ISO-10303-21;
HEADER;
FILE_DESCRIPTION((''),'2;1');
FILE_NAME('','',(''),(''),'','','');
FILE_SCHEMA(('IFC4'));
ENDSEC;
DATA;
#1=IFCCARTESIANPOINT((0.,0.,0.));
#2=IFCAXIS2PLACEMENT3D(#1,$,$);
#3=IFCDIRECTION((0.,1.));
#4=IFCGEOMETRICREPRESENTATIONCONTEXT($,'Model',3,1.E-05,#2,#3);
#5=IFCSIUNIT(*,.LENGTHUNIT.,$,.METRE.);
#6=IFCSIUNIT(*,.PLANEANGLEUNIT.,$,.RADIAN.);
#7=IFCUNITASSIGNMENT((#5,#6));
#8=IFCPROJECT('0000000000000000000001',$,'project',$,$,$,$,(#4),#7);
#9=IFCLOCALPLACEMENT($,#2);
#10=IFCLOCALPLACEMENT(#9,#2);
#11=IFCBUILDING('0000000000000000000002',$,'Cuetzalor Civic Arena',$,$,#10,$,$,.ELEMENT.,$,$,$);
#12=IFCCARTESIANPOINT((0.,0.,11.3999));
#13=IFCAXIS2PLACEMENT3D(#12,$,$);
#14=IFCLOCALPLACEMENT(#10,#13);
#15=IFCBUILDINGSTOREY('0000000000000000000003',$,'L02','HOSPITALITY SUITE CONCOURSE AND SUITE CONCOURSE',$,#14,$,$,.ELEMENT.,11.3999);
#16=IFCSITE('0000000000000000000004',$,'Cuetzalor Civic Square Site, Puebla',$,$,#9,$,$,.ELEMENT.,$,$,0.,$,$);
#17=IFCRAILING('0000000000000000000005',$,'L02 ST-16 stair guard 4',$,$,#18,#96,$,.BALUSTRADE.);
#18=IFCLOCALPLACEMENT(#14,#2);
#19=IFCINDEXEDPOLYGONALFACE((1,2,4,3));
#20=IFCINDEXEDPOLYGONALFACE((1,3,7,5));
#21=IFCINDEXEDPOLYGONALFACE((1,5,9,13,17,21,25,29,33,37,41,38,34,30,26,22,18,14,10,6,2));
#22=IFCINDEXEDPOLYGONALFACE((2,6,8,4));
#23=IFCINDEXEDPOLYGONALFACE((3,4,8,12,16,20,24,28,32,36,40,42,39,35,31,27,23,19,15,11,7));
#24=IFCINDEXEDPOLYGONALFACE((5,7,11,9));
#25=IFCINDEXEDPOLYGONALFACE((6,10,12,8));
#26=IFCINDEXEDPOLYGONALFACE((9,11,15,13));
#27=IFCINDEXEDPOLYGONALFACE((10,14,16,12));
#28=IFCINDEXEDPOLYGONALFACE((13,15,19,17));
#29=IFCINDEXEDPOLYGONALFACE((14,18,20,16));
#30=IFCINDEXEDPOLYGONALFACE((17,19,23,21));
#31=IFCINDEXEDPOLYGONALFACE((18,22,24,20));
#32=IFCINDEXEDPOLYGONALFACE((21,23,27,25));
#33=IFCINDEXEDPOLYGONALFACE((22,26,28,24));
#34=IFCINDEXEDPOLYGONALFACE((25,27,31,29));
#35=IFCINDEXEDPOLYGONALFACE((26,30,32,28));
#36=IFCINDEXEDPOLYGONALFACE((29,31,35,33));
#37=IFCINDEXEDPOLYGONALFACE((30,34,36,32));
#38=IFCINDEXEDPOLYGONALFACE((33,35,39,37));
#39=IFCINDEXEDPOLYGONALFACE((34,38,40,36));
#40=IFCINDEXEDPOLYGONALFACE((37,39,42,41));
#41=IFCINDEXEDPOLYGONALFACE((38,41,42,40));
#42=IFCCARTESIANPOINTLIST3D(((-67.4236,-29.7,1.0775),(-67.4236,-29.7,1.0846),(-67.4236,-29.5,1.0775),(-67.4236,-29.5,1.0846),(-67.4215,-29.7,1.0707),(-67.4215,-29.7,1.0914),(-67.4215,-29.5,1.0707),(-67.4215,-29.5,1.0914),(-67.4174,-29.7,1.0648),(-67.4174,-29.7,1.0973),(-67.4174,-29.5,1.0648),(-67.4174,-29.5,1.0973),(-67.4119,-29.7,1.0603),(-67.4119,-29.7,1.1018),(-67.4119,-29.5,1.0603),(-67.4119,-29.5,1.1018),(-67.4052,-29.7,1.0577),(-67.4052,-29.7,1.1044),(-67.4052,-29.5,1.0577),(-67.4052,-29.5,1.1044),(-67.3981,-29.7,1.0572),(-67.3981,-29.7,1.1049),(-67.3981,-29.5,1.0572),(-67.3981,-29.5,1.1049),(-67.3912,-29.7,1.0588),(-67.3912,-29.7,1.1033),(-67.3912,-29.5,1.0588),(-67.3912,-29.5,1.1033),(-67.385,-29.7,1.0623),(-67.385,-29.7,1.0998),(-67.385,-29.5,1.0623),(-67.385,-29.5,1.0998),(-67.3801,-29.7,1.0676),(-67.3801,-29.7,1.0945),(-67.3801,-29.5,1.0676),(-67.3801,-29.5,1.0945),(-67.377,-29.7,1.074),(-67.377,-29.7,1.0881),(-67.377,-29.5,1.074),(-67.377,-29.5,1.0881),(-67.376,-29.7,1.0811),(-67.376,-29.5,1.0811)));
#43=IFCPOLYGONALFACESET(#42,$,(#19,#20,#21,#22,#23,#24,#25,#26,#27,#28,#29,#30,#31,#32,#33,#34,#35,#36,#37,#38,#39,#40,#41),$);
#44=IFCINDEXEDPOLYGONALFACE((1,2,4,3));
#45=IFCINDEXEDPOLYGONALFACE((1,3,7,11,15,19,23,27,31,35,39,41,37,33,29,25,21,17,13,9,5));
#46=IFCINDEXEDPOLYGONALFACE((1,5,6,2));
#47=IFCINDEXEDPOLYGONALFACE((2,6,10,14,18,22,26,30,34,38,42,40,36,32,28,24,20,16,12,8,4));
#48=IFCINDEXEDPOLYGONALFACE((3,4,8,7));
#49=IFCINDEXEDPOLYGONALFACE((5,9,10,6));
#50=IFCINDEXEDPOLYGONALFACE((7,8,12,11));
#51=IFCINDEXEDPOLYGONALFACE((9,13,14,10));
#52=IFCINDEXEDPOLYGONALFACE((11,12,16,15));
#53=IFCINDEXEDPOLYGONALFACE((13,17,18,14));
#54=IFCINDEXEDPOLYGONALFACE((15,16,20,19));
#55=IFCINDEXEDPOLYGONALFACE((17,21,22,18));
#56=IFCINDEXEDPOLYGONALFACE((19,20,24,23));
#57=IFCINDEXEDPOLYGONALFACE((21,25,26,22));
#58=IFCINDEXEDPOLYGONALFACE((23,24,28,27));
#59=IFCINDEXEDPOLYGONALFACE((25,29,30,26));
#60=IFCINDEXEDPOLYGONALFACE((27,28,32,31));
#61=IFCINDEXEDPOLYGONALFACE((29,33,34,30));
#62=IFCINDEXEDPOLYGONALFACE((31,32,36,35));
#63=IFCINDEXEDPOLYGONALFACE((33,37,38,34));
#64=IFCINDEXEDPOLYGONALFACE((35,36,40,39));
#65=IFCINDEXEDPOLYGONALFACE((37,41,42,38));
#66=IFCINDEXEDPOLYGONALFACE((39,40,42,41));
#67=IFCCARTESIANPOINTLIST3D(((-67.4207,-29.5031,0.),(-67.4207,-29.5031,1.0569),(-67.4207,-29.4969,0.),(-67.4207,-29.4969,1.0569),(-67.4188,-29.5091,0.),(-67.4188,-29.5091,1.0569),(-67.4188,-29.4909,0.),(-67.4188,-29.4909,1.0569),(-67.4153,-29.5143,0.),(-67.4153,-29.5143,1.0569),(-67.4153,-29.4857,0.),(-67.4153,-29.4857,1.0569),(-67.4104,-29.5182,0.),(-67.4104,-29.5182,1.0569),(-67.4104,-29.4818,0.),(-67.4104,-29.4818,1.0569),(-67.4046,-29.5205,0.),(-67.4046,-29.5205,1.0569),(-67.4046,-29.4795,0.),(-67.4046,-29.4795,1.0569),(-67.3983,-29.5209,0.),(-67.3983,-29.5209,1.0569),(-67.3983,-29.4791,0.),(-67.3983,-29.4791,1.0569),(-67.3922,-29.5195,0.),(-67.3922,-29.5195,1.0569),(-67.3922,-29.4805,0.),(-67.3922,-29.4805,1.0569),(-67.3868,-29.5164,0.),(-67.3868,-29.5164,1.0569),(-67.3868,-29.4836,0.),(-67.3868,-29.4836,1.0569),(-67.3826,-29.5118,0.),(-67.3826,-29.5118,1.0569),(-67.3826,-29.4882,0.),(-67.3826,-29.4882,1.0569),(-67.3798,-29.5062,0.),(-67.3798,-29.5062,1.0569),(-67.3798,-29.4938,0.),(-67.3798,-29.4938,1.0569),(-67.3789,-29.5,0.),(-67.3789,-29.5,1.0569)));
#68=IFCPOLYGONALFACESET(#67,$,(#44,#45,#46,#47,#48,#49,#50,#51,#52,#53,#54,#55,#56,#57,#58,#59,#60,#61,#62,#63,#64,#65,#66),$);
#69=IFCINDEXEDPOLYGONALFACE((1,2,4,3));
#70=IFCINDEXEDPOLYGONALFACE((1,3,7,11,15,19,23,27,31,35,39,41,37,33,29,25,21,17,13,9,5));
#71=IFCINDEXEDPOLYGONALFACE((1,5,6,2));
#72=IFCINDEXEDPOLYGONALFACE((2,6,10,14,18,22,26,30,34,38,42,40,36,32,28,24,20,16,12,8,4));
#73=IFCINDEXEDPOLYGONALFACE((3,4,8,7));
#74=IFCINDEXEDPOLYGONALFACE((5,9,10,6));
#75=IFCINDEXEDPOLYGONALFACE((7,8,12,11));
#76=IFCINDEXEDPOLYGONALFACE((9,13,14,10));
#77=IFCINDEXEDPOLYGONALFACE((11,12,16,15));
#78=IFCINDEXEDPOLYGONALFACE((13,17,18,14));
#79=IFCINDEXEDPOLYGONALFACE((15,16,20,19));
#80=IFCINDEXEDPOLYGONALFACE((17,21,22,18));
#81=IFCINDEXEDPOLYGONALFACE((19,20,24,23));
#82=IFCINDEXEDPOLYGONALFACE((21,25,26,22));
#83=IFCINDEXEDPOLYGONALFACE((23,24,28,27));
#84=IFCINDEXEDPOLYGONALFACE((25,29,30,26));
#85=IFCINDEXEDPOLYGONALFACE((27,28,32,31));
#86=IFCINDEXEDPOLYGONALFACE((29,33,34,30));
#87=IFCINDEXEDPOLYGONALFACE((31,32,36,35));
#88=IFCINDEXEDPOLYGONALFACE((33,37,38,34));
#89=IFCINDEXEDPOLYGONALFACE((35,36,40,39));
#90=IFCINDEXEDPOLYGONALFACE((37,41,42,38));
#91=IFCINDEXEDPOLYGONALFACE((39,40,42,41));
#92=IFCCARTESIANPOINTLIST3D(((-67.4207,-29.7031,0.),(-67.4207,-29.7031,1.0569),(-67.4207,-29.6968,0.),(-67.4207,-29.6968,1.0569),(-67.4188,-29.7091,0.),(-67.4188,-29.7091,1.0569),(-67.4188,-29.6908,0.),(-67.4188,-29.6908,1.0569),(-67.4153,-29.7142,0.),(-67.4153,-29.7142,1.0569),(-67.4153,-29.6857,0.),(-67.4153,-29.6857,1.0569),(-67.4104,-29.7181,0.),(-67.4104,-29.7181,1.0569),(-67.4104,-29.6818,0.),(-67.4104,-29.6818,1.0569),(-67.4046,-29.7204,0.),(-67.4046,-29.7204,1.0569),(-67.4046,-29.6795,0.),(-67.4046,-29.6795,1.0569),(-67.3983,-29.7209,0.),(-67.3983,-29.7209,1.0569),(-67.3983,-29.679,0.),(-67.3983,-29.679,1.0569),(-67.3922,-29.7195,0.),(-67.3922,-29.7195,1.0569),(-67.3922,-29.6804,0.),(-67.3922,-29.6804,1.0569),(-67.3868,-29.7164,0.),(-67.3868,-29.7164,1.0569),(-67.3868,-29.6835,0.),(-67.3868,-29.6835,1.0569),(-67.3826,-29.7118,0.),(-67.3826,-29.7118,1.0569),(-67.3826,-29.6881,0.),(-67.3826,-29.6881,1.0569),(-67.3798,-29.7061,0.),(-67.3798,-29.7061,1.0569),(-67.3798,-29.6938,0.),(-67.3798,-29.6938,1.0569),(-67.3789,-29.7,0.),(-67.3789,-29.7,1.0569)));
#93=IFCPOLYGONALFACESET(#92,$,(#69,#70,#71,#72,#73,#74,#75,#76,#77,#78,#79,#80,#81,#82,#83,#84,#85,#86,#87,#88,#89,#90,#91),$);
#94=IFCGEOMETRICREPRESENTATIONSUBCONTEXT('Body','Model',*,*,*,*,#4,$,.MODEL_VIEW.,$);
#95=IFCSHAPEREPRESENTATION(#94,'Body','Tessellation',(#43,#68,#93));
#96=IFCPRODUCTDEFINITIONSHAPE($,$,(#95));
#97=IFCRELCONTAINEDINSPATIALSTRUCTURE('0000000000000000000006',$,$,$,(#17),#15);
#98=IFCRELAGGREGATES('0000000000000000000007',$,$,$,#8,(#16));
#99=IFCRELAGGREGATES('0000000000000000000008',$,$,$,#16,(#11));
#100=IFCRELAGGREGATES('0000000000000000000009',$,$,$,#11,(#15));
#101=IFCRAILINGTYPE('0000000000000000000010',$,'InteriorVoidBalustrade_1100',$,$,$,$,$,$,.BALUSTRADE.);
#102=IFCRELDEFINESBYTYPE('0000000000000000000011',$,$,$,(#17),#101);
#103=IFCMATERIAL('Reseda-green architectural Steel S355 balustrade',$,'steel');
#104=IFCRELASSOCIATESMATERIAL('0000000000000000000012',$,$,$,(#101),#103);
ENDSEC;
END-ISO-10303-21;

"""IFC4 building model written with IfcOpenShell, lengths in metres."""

from ifc_helpers import new_model, si_unit, direction, frame, origin, origin_2d, place, context, subcontext, project, spatial, circle, extrude, material, type_object, element, save


model = new_model("IFC4")

# Units and contexts
model_context = context("Model", 3, precision=1e-05, world=origin(), true_north=direction((0.0, 1.0)))
body_context = subcontext(model_context, "Body", "Model", "MODEL_VIEW")
ifc_project = project(units=[si_unit("LENGTHUNIT", "METRE"), si_unit("PLANEANGLEUNIT", "RADIAN")], contexts=[model_context])

# Site, building, storey
site_placement = place(None, origin())
site = spatial("IfcSite", under=ifc_project, at=site_placement, Name="Cuetzalor Civic Square Site, Puebla", CompositionType="ELEMENT", RefElevation=0.0)
building_placement = place(site_placement, origin())
building = spatial("IfcBuilding", under=site, at=building_placement, Name="Cuetzalor Civic Arena", CompositionType="ELEMENT")
storey_placement = place(building_placement, frame((0.0, 0.0, 11.3999)))
storey = spatial("IfcBuildingStorey", under=building, at=storey_placement, Name="L02", Description="HOSPITALITY SUITE CONCOURSE AND SUITE CONCOURSE", CompositionType="ELEMENT", Elevation=11.3999)

# Railing
ifc_material_1 = material(Name="Reseda-green architectural Steel S355 balustrade", Category="steel")
railing_type_1 = type_object("IfcRailingType", Name="InteriorVoidBalustrade_1100", PredefinedType="BALUSTRADE", material=ifc_material_1)
railing_1_placement = place(storey_placement, frame((-67.3999, -29.5, 0.0)))
element("IfcRailing", 1, at=railing_1_placement, inside=storey, type_object=railing_type_1, Name="L02 ST-16 stair guard 4", PredefinedType="BALUSTRADE", context=body_context, shape_type="SweptSolid", body=[
    extrude(circle(Radius=0.0239, at=origin_2d()), frame((0.0, 0.0, 1.0811), z_axis=(0.0, -1.0, 0.0), x_axis=(1.0, 0.0, 0.0)), (0.0, 0.0, 1.0), 0.2),
    extrude(circle(Radius=0.021, at=origin_2d()), origin(), (0.0, 0.0, 1.0), 1.0569),
    extrude(circle(Radius=0.021, at=origin_2d()), frame((0.0, -0.2, 0.0)), (0.0, 0.0, 1.0), 1.0569),
])

save(model, "model.ifc")
